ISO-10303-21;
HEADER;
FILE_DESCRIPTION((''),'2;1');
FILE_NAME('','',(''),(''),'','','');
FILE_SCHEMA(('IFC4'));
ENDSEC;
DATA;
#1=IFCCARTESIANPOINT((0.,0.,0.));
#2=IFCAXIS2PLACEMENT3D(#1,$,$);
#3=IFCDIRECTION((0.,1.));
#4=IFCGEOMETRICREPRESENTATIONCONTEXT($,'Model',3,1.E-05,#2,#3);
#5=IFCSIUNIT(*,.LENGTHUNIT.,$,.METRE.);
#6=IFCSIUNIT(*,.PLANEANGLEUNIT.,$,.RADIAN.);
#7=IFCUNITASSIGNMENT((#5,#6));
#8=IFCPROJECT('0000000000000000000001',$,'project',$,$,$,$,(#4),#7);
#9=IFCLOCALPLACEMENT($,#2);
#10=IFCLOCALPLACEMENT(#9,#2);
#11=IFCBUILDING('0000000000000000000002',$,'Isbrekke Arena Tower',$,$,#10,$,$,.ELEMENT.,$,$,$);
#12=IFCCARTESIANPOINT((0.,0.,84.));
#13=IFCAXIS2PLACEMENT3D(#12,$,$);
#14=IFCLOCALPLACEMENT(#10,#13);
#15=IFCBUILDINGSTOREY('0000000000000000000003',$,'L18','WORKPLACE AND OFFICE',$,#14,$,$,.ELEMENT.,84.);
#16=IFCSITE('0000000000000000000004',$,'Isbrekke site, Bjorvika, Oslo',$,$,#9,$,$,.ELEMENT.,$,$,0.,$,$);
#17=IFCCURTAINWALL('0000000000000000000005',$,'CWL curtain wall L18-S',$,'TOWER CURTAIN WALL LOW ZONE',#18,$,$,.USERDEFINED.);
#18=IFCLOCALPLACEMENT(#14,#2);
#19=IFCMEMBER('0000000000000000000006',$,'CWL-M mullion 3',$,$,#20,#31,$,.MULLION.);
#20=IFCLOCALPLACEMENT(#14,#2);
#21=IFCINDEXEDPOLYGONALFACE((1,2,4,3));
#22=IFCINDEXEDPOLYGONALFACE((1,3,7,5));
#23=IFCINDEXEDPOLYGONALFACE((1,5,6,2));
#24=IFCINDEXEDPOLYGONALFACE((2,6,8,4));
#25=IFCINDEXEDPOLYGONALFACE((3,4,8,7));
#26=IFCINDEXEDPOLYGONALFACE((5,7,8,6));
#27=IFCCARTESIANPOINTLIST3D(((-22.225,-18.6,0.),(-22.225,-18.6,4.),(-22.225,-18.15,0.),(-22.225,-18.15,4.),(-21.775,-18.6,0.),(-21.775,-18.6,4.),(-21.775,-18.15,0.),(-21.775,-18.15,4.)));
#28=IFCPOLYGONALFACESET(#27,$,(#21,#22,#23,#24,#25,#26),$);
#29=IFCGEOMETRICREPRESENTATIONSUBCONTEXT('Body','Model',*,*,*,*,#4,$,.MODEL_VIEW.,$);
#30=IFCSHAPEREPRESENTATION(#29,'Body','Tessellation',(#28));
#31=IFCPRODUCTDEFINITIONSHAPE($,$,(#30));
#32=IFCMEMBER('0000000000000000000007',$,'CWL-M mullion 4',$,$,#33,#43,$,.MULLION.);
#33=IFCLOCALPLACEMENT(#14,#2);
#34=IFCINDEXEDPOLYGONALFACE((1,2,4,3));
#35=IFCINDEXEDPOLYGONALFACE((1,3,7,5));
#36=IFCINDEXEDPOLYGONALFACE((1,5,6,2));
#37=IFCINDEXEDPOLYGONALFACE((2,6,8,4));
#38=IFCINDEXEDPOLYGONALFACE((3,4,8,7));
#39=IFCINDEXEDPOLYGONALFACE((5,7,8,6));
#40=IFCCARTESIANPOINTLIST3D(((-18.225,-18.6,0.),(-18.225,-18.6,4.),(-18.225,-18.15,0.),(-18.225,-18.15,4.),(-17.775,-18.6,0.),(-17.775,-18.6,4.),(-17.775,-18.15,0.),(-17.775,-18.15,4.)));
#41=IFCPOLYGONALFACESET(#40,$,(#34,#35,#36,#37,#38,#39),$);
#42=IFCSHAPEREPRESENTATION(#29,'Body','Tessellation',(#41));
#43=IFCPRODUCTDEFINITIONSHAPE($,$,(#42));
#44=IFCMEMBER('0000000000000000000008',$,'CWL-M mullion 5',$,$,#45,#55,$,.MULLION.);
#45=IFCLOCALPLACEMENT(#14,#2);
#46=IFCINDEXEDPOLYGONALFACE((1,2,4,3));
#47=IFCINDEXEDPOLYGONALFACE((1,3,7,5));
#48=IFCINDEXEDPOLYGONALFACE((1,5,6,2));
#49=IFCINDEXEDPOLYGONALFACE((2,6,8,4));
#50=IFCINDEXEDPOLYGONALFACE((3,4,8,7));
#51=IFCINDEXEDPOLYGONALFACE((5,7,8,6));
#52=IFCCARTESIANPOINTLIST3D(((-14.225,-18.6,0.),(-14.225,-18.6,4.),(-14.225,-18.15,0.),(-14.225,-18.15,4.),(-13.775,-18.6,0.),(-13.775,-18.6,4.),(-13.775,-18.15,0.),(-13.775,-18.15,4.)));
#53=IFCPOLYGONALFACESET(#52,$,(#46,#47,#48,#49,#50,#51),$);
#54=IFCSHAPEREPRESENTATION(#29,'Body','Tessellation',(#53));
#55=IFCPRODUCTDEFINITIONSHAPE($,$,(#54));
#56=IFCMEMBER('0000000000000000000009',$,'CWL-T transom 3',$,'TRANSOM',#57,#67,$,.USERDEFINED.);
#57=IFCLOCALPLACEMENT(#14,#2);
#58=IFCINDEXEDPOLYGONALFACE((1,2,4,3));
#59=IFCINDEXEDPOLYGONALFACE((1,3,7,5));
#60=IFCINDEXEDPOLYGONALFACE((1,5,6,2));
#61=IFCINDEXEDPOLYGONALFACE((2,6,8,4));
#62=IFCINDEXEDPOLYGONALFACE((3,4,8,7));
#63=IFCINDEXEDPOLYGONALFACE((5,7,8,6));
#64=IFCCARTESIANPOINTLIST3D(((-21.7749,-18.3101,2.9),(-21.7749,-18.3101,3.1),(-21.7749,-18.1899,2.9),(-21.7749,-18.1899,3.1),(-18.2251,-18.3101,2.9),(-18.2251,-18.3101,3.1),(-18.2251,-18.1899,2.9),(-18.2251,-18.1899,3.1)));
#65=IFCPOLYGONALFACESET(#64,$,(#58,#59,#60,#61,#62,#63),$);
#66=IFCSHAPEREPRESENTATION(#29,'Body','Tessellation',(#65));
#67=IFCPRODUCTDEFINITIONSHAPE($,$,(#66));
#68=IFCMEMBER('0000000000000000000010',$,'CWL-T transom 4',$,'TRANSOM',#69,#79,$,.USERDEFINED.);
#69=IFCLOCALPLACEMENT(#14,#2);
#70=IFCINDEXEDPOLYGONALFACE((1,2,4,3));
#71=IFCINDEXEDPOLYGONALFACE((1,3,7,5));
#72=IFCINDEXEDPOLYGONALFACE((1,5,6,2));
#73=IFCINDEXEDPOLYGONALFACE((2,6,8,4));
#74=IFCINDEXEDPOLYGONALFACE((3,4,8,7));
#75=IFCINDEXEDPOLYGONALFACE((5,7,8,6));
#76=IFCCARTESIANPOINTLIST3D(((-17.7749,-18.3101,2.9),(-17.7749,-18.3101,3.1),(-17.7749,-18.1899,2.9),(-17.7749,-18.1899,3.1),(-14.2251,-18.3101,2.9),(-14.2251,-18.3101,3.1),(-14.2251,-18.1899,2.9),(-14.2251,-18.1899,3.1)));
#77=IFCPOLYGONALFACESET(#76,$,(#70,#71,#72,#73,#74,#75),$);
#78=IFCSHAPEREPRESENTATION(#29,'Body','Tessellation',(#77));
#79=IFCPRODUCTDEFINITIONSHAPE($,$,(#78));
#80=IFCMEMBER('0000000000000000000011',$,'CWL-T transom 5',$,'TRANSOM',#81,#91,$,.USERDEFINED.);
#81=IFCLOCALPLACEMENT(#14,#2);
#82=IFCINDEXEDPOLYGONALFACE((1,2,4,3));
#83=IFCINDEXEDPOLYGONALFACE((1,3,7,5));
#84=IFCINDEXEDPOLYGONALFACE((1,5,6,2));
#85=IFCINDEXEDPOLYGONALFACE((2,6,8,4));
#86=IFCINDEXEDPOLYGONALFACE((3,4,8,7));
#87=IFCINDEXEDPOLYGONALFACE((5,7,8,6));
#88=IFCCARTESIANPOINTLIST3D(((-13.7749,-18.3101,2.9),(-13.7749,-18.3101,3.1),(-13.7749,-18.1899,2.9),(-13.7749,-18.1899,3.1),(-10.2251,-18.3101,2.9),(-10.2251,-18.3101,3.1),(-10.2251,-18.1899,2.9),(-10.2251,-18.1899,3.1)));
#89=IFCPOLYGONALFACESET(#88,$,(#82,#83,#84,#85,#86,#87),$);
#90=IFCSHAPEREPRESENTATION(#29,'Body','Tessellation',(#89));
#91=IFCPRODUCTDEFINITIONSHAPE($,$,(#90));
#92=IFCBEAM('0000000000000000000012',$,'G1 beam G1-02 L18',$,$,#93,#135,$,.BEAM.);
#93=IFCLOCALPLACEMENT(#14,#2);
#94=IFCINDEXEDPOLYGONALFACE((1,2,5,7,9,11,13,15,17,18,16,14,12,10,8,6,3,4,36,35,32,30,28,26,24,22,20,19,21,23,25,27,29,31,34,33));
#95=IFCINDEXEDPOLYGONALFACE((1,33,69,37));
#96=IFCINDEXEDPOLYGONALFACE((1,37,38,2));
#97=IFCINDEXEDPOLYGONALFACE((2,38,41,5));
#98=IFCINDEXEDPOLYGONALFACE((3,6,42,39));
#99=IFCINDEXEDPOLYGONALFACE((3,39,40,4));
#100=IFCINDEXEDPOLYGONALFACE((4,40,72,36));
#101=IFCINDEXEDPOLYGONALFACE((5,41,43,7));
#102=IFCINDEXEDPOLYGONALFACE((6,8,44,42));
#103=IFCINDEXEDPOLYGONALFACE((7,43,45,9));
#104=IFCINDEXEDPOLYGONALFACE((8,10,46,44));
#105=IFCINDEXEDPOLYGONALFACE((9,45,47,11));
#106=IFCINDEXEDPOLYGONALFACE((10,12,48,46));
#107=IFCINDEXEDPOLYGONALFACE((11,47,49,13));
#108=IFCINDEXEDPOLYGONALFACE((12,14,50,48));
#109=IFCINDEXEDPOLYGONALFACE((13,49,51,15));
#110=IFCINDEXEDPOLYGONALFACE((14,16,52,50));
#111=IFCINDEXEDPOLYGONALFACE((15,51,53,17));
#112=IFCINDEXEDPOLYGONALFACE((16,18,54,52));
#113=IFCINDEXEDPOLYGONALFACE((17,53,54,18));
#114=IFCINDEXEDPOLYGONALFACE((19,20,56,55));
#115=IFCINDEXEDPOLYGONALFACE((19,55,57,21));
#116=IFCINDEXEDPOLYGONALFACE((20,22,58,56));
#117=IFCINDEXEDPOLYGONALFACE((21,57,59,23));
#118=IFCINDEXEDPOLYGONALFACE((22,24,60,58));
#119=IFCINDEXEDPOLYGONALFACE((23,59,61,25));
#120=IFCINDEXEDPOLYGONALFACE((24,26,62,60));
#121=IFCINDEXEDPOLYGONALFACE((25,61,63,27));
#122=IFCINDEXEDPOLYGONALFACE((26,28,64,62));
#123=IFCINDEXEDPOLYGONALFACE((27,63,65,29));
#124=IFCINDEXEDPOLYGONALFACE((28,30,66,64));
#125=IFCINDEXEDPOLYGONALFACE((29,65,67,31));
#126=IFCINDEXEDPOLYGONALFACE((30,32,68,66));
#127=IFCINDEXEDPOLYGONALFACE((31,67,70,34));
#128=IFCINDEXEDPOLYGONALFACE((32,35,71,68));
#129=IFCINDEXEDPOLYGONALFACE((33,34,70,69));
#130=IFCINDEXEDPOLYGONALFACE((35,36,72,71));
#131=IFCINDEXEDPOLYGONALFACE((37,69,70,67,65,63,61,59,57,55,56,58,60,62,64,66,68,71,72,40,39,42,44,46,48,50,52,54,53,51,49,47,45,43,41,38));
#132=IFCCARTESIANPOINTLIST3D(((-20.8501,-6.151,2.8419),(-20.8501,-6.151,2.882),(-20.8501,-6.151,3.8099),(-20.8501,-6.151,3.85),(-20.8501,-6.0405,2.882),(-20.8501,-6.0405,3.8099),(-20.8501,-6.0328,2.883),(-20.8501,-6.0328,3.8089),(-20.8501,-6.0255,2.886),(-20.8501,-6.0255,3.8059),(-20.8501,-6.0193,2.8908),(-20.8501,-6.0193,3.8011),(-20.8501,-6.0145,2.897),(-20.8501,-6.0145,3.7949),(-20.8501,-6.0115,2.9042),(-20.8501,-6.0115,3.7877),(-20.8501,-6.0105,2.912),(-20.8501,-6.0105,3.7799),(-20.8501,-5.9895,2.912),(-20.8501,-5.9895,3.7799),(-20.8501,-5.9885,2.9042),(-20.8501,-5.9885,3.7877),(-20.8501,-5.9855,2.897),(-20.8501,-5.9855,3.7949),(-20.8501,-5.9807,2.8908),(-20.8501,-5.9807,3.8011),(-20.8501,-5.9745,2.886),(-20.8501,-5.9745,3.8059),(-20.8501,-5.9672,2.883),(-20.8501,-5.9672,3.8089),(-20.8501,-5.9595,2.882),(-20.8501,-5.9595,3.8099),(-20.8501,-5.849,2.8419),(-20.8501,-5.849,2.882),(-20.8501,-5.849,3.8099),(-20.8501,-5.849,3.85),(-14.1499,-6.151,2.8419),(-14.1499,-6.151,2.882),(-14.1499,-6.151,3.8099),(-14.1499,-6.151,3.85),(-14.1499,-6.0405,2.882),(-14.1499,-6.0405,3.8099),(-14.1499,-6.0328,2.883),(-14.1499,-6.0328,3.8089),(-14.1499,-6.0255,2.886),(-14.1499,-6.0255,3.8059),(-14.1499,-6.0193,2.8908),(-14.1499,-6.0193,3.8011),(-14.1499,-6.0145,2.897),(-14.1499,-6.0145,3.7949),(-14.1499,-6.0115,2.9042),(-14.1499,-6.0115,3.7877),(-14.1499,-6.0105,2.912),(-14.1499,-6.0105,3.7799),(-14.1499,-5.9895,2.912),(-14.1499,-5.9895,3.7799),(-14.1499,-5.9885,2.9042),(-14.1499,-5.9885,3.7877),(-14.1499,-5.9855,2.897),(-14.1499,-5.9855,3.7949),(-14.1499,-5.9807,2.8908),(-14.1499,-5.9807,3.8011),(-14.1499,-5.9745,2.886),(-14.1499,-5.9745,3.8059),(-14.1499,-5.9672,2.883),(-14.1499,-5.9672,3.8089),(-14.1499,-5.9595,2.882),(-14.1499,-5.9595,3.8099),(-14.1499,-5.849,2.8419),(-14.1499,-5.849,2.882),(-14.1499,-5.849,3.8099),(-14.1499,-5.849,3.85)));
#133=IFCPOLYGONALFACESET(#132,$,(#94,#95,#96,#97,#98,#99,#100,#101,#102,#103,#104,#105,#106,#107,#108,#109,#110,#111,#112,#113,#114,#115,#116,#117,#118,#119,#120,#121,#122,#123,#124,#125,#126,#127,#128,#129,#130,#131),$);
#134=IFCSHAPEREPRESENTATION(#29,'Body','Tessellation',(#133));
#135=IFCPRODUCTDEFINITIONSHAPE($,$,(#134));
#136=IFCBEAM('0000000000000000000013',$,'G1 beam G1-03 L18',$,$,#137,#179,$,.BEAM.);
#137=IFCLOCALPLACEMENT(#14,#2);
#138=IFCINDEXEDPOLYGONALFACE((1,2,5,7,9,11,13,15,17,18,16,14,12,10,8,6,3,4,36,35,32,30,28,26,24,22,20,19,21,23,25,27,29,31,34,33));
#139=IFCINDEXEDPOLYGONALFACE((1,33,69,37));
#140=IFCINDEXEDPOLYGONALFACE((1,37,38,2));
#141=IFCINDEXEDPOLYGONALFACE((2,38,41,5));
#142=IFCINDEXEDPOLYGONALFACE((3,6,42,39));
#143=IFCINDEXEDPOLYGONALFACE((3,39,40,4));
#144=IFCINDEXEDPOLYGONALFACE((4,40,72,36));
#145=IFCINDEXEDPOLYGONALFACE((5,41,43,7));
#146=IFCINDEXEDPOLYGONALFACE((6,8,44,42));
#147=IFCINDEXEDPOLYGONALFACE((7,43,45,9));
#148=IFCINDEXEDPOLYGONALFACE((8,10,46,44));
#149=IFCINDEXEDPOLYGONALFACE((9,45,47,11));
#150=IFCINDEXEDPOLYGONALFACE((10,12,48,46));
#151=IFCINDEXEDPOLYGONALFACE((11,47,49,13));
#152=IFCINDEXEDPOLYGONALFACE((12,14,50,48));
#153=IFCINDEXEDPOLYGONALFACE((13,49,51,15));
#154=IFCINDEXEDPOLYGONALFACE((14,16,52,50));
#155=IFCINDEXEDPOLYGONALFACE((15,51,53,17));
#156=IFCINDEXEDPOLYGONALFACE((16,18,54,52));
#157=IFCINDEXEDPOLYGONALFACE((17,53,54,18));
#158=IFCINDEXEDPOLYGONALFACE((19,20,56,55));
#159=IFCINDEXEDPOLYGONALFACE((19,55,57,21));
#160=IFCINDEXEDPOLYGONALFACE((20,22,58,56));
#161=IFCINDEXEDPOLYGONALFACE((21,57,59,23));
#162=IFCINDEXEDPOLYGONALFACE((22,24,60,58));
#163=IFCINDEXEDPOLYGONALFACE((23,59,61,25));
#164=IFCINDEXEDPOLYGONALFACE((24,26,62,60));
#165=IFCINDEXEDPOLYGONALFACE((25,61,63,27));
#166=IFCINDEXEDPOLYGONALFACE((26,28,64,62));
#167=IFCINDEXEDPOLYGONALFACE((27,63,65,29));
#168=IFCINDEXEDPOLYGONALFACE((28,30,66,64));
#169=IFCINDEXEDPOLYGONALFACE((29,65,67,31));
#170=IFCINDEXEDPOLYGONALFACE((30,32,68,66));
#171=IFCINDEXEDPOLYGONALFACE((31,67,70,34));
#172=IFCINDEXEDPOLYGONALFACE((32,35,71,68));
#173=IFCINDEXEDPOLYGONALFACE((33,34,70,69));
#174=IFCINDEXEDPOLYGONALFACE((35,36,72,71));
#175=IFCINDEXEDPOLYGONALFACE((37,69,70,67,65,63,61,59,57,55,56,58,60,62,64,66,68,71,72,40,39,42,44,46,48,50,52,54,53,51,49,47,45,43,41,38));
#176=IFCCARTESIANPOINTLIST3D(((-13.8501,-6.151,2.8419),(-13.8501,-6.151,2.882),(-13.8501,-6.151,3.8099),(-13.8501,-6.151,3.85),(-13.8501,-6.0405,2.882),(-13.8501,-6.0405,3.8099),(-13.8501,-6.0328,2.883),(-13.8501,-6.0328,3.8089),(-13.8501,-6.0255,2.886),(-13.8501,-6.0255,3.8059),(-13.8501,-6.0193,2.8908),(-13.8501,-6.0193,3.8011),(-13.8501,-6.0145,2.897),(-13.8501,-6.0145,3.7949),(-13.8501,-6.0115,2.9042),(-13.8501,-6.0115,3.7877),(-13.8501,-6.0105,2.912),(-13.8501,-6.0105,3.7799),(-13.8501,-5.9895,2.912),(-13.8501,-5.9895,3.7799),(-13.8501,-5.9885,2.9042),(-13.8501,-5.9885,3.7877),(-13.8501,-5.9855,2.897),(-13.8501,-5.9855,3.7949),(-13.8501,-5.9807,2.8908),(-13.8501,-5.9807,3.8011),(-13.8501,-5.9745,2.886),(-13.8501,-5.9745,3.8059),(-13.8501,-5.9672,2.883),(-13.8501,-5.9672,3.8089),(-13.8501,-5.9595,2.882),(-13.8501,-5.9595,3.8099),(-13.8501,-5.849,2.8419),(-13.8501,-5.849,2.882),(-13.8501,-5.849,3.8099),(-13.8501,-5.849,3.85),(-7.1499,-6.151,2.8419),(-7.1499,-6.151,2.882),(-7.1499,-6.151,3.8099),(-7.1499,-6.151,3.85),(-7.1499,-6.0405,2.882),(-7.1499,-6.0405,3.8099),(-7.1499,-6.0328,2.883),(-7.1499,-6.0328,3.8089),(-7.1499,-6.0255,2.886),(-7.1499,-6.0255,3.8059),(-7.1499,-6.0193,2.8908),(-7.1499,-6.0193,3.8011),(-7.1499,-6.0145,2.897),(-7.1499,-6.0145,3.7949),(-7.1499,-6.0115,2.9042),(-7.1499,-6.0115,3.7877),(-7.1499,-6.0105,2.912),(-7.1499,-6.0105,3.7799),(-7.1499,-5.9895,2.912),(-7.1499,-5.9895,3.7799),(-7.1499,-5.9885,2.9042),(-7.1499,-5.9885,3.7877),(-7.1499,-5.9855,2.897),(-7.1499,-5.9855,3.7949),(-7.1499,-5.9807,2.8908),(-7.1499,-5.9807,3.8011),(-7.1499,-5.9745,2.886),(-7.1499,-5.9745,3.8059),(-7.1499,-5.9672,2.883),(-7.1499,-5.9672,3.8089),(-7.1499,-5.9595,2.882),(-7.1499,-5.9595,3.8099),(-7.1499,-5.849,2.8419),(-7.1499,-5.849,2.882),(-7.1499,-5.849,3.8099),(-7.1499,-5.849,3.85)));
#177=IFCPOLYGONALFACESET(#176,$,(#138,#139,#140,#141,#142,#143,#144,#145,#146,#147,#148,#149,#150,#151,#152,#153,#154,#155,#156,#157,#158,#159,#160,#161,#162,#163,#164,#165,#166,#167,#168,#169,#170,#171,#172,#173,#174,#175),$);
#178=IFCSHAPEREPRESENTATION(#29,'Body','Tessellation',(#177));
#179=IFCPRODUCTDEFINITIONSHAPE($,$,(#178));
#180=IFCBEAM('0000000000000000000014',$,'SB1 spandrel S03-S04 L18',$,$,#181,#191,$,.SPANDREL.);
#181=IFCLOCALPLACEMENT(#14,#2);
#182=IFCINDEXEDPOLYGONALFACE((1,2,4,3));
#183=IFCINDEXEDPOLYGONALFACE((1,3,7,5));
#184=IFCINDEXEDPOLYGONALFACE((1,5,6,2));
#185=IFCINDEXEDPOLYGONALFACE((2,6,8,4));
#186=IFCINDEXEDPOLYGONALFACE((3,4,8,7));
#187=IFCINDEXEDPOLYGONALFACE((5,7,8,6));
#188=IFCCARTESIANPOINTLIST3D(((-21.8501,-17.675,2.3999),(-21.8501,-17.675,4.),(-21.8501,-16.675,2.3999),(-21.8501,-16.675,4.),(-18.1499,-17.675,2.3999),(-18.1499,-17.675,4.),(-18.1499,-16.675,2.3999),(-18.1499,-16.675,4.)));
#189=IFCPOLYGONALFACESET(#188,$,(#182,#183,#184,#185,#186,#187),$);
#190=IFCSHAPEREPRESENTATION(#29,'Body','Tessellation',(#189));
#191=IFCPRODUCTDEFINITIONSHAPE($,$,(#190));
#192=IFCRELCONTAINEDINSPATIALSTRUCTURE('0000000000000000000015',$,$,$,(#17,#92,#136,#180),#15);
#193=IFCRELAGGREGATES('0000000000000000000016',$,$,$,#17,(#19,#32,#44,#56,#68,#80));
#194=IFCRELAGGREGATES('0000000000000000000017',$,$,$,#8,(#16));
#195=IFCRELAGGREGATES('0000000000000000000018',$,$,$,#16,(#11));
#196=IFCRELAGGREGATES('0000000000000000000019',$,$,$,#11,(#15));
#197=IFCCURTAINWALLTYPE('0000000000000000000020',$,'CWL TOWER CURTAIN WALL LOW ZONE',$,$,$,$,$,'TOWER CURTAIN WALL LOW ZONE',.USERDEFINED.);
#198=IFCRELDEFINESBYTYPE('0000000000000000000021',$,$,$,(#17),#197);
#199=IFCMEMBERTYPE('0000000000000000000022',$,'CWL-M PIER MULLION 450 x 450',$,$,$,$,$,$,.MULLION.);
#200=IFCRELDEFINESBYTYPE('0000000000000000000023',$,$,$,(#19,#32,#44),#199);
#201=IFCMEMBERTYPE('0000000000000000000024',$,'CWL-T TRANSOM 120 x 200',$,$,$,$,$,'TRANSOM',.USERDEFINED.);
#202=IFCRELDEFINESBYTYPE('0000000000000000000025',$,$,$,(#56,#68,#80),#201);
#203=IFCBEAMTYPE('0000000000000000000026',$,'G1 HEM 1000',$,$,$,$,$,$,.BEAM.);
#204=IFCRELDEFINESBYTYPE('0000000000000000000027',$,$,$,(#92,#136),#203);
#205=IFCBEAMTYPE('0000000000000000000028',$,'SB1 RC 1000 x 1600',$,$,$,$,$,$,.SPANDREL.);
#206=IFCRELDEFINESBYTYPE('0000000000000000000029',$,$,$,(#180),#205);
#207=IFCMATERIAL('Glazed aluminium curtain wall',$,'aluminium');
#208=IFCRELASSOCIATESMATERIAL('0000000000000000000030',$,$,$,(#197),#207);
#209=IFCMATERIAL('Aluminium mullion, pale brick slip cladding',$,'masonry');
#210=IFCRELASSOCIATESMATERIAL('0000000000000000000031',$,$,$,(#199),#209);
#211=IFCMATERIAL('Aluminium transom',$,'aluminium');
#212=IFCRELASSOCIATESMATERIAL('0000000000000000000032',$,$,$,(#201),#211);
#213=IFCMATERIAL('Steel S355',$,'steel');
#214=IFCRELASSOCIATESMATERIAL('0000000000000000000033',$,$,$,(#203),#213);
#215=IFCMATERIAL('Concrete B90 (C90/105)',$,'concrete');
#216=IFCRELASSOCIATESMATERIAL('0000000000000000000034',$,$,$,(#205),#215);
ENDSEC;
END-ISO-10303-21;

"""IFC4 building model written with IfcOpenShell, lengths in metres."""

from ifc_helpers import new_model, si_unit, direction, frame, origin, origin_2d, place, context, subcontext, project, spatial, rectangle, i_section, extrude, material, material_profile, profile_set, type_object, element, aggregate, save


model = new_model("IFC4")

# Units and contexts
model_context = context("Model", 3, precision=1e-05, world=origin(), true_north=direction((0.0, 1.0)))
body_context = subcontext(model_context, "Body", "Model", "MODEL_VIEW")
ifc_project = project(units=[si_unit("LENGTHUNIT", "METRE"), si_unit("PLANEANGLEUNIT", "RADIAN")], contexts=[model_context])

# Site, building, storey
site_placement = place(None, origin())
site = spatial("IfcSite", under=ifc_project, at=site_placement, Name="Isbrekke site, Bjorvika, Oslo", CompositionType="ELEMENT", RefElevation=0.0)
building_placement = place(site_placement, origin())
building = spatial("IfcBuilding", under=site, at=building_placement, Name="Isbrekke Arena Tower", CompositionType="ELEMENT")
storey_placement = place(building_placement, frame((0.0, 0.0, 84.0)))
storey = spatial("IfcBuildingStorey", under=building, at=storey_placement, Name="L18", Description="WORKPLACE AND OFFICE", CompositionType="ELEMENT", Elevation=84.0)

# Curtain wall, members
ifc_material_1 = material(Name="Glazed aluminium curtain wall", Category="aluminium")
curtain_wall_type = type_object("IfcCurtainWallType", Name="CWL TOWER CURTAIN WALL LOW ZONE", ElementType="TOWER CURTAIN WALL LOW ZONE", PredefinedType="USERDEFINED", material=ifc_material_1)
curtain_wall_placement = place(storey_placement, origin())
curtain_wall = element("IfcCurtainWall", 1, at=curtain_wall_placement, inside=storey, type_object=curtain_wall_type, Name="CWL curtain wall L18-S", ObjectType="TOWER CURTAIN WALL LOW ZONE", PredefinedType="USERDEFINED")
ifc_material_2 = material(Name="Aluminium mullion, pale brick slip cladding", Category="masonry")
ifc_material_profile_1 = material_profile(ifc_material_2, rectangle(XDim=0.45, YDim=0.45, at=origin_2d()), Name="PIER 450X450")
ifc_profile_set_1 = profile_set([ifc_material_profile_1], Name="Aluminium mullion, pale brick slip cladding")
member_type_1 = type_object("IfcMemberType", Name="CWL-M PIER MULLION 450 x 450", PredefinedType="MULLION", material=ifc_profile_set_1)
member_1_placement = place(storey_placement, frame((-22.0, -18.375, 0.0), z_axis=(0.0, 0.0, 1.0), x_axis=(1.0, 0.0, 0.0)))
member_1 = element("IfcMember", 2, at=member_1_placement, type_object=member_type_1, Name="CWL-M mullion 3", PredefinedType="MULLION", context=body_context, shape_type="SweptSolid", body=[
    extrude(rectangle(XDim=0.45, YDim=0.45, at=origin_2d()), origin(), (0.0, 0.0, 1.0), 4.0),
])
member_2_placement = place(storey_placement, frame((-18.0, -18.375, 0.0), z_axis=(0.0, 0.0, 1.0), x_axis=(1.0, 0.0, 0.0)))
member_2 = element("IfcMember", 3, at=member_2_placement, type_object=member_type_1, Name="CWL-M mullion 4", PredefinedType="MULLION", context=body_context, shape_type="SweptSolid", body=[
    extrude(rectangle(XDim=0.45, YDim=0.45, at=origin_2d()), origin(), (0.0, 0.0, 1.0), 4.0),
])
member_3_placement = place(storey_placement, frame((-14.0, -18.375, 0.0), z_axis=(0.0, 0.0, 1.0), x_axis=(1.0, 0.0, 0.0)))
member_3 = element("IfcMember", 4, at=member_3_placement, type_object=member_type_1, Name="CWL-M mullion 5", PredefinedType="MULLION", context=body_context, shape_type="SweptSolid", body=[
    extrude(rectangle(XDim=0.45, YDim=0.45, at=origin_2d()), origin(), (0.0, 0.0, 1.0), 4.0),
])
ifc_material_3 = material(Name="Aluminium transom", Category="aluminium")
ifc_material_profile_2 = material_profile(ifc_material_3, rectangle(XDim=0.1201, YDim=0.2, at=origin_2d()), Name="TRANSOM 120X200")
ifc_profile_set_2 = profile_set([ifc_material_profile_2], Name="Aluminium transom")
member_type_2 = type_object("IfcMemberType", Name="CWL-T TRANSOM 120 x 200", ElementType="TRANSOM", PredefinedType="USERDEFINED", material=ifc_profile_set_2)
member_4_placement = place(storey_placement, frame((-21.7749, -18.25, 3.0), z_axis=(1.0, 0.0, 0.0), x_axis=(0.0, 1.0, 0.0)))
member_4 = element("IfcMember", 5, at=member_4_placement, type_object=member_type_2, Name="CWL-T transom 3", ObjectType="TRANSOM", PredefinedType="USERDEFINED", context=body_context, shape_type="SweptSolid", body=[
    extrude(rectangle(XDim=0.1201, YDim=0.2, at=origin_2d()), origin(), (0.0, 0.0, 1.0), 3.5498),
])
member_5_placement = place(storey_placement, frame((-17.7749, -18.25, 3.0), z_axis=(1.0, 0.0, 0.0), x_axis=(0.0, 1.0, 0.0)))
member_5 = element("IfcMember", 6, at=member_5_placement, type_object=member_type_2, Name="CWL-T transom 4", ObjectType="TRANSOM", PredefinedType="USERDEFINED", context=body_context, shape_type="SweptSolid", body=[
    extrude(rectangle(XDim=0.1201, YDim=0.2, at=origin_2d()), origin(), (0.0, 0.0, 1.0), 3.5498),
])
member_6_placement = place(storey_placement, frame((-13.7749, -18.25, 3.0), z_axis=(1.0, 0.0, 0.0), x_axis=(0.0, 1.0, 0.0)))
member_6 = element("IfcMember", 7, at=member_6_placement, type_object=member_type_2, Name="CWL-T transom 5", ObjectType="TRANSOM", PredefinedType="USERDEFINED", context=body_context, shape_type="SweptSolid", body=[
    extrude(rectangle(XDim=0.1201, YDim=0.2, at=origin_2d()), origin(), (0.0, 0.0, 1.0), 3.5498),
])

# Beams
ifc_material_4 = material(Name="Steel S355", Category="steel")
ifc_material_profile_3 = material_profile(ifc_material_4, i_section(OverallWidth=0.302, OverallDepth=1.0081, WebThickness=0.021, FlangeThickness=0.04, FilletRadius=0.03, at=origin_2d()), Name="HEM 1000")
ifc_profile_set_3 = profile_set([ifc_material_profile_3], Name="Steel S355")
beam_type_1 = type_object("IfcBeamType", Name="G1 HEM 1000", PredefinedType="BEAM", material=ifc_profile_set_3)
for number, where, z_axis, x_axis, name in (
    (8, (-20.8501, -6.0, 3.3459), (1.0, 0.0, 0.0), (0.0, 1.0, 0.0), "G1 beam G1-02 L18"),
    (9, (-13.8501, -6.0, 3.3459), (1.0, 0.0, 0.0), (0.0, 1.0, 0.0), "G1 beam G1-03 L18"),
):
    element("IfcBeam", number, at=place(storey_placement, frame(where, z_axis=z_axis, x_axis=x_axis)), inside=storey, type_object=beam_type_1, Name=name, PredefinedType="BEAM", context=body_context, shape_type="SweptSolid", body=[
        extrude(i_section(OverallWidth=0.302, OverallDepth=1.0081, WebThickness=0.021, FlangeThickness=0.04, FilletRadius=0.03, at=origin_2d()), origin(), (0.0, 0.0, 1.0), 6.7002),
    ])
ifc_material_5 = material(Name="Concrete B90 (C90/105)", Category="concrete")
ifc_material_profile_4 = material_profile(ifc_material_5, rectangle(XDim=1.0, YDim=1.6001, at=origin_2d()), Name="RC 1000x1600")
ifc_profile_set_4 = profile_set([ifc_material_profile_4], Name="Concrete B90 (C90/105)")
beam_type_2 = type_object("IfcBeamType", Name="SB1 RC 1000 x 1600", PredefinedType="SPANDREL", material=ifc_profile_set_4)
for number, where, z_axis, x_axis, name in (
    (10, (-21.8501, -17.175, 3.2), (1.0, 0.0, 0.0), (0.0, 1.0, 0.0), "SB1 spandrel S03-S04 L18"),
):
    element("IfcBeam", number, at=place(storey_placement, frame(where, z_axis=z_axis, x_axis=x_axis)), inside=storey, type_object=beam_type_2, Name=name, PredefinedType="SPANDREL", context=body_context, shape_type="SweptSolid", body=[
        extrude(rectangle(XDim=1.0, YDim=1.6001, at=origin_2d()), origin(), (0.0, 0.0, 1.0), 3.7002),
    ])

aggregate(curtain_wall, [member_1, member_2, member_3, member_4, member_5, member_6])

save(model, "model.ifc")
